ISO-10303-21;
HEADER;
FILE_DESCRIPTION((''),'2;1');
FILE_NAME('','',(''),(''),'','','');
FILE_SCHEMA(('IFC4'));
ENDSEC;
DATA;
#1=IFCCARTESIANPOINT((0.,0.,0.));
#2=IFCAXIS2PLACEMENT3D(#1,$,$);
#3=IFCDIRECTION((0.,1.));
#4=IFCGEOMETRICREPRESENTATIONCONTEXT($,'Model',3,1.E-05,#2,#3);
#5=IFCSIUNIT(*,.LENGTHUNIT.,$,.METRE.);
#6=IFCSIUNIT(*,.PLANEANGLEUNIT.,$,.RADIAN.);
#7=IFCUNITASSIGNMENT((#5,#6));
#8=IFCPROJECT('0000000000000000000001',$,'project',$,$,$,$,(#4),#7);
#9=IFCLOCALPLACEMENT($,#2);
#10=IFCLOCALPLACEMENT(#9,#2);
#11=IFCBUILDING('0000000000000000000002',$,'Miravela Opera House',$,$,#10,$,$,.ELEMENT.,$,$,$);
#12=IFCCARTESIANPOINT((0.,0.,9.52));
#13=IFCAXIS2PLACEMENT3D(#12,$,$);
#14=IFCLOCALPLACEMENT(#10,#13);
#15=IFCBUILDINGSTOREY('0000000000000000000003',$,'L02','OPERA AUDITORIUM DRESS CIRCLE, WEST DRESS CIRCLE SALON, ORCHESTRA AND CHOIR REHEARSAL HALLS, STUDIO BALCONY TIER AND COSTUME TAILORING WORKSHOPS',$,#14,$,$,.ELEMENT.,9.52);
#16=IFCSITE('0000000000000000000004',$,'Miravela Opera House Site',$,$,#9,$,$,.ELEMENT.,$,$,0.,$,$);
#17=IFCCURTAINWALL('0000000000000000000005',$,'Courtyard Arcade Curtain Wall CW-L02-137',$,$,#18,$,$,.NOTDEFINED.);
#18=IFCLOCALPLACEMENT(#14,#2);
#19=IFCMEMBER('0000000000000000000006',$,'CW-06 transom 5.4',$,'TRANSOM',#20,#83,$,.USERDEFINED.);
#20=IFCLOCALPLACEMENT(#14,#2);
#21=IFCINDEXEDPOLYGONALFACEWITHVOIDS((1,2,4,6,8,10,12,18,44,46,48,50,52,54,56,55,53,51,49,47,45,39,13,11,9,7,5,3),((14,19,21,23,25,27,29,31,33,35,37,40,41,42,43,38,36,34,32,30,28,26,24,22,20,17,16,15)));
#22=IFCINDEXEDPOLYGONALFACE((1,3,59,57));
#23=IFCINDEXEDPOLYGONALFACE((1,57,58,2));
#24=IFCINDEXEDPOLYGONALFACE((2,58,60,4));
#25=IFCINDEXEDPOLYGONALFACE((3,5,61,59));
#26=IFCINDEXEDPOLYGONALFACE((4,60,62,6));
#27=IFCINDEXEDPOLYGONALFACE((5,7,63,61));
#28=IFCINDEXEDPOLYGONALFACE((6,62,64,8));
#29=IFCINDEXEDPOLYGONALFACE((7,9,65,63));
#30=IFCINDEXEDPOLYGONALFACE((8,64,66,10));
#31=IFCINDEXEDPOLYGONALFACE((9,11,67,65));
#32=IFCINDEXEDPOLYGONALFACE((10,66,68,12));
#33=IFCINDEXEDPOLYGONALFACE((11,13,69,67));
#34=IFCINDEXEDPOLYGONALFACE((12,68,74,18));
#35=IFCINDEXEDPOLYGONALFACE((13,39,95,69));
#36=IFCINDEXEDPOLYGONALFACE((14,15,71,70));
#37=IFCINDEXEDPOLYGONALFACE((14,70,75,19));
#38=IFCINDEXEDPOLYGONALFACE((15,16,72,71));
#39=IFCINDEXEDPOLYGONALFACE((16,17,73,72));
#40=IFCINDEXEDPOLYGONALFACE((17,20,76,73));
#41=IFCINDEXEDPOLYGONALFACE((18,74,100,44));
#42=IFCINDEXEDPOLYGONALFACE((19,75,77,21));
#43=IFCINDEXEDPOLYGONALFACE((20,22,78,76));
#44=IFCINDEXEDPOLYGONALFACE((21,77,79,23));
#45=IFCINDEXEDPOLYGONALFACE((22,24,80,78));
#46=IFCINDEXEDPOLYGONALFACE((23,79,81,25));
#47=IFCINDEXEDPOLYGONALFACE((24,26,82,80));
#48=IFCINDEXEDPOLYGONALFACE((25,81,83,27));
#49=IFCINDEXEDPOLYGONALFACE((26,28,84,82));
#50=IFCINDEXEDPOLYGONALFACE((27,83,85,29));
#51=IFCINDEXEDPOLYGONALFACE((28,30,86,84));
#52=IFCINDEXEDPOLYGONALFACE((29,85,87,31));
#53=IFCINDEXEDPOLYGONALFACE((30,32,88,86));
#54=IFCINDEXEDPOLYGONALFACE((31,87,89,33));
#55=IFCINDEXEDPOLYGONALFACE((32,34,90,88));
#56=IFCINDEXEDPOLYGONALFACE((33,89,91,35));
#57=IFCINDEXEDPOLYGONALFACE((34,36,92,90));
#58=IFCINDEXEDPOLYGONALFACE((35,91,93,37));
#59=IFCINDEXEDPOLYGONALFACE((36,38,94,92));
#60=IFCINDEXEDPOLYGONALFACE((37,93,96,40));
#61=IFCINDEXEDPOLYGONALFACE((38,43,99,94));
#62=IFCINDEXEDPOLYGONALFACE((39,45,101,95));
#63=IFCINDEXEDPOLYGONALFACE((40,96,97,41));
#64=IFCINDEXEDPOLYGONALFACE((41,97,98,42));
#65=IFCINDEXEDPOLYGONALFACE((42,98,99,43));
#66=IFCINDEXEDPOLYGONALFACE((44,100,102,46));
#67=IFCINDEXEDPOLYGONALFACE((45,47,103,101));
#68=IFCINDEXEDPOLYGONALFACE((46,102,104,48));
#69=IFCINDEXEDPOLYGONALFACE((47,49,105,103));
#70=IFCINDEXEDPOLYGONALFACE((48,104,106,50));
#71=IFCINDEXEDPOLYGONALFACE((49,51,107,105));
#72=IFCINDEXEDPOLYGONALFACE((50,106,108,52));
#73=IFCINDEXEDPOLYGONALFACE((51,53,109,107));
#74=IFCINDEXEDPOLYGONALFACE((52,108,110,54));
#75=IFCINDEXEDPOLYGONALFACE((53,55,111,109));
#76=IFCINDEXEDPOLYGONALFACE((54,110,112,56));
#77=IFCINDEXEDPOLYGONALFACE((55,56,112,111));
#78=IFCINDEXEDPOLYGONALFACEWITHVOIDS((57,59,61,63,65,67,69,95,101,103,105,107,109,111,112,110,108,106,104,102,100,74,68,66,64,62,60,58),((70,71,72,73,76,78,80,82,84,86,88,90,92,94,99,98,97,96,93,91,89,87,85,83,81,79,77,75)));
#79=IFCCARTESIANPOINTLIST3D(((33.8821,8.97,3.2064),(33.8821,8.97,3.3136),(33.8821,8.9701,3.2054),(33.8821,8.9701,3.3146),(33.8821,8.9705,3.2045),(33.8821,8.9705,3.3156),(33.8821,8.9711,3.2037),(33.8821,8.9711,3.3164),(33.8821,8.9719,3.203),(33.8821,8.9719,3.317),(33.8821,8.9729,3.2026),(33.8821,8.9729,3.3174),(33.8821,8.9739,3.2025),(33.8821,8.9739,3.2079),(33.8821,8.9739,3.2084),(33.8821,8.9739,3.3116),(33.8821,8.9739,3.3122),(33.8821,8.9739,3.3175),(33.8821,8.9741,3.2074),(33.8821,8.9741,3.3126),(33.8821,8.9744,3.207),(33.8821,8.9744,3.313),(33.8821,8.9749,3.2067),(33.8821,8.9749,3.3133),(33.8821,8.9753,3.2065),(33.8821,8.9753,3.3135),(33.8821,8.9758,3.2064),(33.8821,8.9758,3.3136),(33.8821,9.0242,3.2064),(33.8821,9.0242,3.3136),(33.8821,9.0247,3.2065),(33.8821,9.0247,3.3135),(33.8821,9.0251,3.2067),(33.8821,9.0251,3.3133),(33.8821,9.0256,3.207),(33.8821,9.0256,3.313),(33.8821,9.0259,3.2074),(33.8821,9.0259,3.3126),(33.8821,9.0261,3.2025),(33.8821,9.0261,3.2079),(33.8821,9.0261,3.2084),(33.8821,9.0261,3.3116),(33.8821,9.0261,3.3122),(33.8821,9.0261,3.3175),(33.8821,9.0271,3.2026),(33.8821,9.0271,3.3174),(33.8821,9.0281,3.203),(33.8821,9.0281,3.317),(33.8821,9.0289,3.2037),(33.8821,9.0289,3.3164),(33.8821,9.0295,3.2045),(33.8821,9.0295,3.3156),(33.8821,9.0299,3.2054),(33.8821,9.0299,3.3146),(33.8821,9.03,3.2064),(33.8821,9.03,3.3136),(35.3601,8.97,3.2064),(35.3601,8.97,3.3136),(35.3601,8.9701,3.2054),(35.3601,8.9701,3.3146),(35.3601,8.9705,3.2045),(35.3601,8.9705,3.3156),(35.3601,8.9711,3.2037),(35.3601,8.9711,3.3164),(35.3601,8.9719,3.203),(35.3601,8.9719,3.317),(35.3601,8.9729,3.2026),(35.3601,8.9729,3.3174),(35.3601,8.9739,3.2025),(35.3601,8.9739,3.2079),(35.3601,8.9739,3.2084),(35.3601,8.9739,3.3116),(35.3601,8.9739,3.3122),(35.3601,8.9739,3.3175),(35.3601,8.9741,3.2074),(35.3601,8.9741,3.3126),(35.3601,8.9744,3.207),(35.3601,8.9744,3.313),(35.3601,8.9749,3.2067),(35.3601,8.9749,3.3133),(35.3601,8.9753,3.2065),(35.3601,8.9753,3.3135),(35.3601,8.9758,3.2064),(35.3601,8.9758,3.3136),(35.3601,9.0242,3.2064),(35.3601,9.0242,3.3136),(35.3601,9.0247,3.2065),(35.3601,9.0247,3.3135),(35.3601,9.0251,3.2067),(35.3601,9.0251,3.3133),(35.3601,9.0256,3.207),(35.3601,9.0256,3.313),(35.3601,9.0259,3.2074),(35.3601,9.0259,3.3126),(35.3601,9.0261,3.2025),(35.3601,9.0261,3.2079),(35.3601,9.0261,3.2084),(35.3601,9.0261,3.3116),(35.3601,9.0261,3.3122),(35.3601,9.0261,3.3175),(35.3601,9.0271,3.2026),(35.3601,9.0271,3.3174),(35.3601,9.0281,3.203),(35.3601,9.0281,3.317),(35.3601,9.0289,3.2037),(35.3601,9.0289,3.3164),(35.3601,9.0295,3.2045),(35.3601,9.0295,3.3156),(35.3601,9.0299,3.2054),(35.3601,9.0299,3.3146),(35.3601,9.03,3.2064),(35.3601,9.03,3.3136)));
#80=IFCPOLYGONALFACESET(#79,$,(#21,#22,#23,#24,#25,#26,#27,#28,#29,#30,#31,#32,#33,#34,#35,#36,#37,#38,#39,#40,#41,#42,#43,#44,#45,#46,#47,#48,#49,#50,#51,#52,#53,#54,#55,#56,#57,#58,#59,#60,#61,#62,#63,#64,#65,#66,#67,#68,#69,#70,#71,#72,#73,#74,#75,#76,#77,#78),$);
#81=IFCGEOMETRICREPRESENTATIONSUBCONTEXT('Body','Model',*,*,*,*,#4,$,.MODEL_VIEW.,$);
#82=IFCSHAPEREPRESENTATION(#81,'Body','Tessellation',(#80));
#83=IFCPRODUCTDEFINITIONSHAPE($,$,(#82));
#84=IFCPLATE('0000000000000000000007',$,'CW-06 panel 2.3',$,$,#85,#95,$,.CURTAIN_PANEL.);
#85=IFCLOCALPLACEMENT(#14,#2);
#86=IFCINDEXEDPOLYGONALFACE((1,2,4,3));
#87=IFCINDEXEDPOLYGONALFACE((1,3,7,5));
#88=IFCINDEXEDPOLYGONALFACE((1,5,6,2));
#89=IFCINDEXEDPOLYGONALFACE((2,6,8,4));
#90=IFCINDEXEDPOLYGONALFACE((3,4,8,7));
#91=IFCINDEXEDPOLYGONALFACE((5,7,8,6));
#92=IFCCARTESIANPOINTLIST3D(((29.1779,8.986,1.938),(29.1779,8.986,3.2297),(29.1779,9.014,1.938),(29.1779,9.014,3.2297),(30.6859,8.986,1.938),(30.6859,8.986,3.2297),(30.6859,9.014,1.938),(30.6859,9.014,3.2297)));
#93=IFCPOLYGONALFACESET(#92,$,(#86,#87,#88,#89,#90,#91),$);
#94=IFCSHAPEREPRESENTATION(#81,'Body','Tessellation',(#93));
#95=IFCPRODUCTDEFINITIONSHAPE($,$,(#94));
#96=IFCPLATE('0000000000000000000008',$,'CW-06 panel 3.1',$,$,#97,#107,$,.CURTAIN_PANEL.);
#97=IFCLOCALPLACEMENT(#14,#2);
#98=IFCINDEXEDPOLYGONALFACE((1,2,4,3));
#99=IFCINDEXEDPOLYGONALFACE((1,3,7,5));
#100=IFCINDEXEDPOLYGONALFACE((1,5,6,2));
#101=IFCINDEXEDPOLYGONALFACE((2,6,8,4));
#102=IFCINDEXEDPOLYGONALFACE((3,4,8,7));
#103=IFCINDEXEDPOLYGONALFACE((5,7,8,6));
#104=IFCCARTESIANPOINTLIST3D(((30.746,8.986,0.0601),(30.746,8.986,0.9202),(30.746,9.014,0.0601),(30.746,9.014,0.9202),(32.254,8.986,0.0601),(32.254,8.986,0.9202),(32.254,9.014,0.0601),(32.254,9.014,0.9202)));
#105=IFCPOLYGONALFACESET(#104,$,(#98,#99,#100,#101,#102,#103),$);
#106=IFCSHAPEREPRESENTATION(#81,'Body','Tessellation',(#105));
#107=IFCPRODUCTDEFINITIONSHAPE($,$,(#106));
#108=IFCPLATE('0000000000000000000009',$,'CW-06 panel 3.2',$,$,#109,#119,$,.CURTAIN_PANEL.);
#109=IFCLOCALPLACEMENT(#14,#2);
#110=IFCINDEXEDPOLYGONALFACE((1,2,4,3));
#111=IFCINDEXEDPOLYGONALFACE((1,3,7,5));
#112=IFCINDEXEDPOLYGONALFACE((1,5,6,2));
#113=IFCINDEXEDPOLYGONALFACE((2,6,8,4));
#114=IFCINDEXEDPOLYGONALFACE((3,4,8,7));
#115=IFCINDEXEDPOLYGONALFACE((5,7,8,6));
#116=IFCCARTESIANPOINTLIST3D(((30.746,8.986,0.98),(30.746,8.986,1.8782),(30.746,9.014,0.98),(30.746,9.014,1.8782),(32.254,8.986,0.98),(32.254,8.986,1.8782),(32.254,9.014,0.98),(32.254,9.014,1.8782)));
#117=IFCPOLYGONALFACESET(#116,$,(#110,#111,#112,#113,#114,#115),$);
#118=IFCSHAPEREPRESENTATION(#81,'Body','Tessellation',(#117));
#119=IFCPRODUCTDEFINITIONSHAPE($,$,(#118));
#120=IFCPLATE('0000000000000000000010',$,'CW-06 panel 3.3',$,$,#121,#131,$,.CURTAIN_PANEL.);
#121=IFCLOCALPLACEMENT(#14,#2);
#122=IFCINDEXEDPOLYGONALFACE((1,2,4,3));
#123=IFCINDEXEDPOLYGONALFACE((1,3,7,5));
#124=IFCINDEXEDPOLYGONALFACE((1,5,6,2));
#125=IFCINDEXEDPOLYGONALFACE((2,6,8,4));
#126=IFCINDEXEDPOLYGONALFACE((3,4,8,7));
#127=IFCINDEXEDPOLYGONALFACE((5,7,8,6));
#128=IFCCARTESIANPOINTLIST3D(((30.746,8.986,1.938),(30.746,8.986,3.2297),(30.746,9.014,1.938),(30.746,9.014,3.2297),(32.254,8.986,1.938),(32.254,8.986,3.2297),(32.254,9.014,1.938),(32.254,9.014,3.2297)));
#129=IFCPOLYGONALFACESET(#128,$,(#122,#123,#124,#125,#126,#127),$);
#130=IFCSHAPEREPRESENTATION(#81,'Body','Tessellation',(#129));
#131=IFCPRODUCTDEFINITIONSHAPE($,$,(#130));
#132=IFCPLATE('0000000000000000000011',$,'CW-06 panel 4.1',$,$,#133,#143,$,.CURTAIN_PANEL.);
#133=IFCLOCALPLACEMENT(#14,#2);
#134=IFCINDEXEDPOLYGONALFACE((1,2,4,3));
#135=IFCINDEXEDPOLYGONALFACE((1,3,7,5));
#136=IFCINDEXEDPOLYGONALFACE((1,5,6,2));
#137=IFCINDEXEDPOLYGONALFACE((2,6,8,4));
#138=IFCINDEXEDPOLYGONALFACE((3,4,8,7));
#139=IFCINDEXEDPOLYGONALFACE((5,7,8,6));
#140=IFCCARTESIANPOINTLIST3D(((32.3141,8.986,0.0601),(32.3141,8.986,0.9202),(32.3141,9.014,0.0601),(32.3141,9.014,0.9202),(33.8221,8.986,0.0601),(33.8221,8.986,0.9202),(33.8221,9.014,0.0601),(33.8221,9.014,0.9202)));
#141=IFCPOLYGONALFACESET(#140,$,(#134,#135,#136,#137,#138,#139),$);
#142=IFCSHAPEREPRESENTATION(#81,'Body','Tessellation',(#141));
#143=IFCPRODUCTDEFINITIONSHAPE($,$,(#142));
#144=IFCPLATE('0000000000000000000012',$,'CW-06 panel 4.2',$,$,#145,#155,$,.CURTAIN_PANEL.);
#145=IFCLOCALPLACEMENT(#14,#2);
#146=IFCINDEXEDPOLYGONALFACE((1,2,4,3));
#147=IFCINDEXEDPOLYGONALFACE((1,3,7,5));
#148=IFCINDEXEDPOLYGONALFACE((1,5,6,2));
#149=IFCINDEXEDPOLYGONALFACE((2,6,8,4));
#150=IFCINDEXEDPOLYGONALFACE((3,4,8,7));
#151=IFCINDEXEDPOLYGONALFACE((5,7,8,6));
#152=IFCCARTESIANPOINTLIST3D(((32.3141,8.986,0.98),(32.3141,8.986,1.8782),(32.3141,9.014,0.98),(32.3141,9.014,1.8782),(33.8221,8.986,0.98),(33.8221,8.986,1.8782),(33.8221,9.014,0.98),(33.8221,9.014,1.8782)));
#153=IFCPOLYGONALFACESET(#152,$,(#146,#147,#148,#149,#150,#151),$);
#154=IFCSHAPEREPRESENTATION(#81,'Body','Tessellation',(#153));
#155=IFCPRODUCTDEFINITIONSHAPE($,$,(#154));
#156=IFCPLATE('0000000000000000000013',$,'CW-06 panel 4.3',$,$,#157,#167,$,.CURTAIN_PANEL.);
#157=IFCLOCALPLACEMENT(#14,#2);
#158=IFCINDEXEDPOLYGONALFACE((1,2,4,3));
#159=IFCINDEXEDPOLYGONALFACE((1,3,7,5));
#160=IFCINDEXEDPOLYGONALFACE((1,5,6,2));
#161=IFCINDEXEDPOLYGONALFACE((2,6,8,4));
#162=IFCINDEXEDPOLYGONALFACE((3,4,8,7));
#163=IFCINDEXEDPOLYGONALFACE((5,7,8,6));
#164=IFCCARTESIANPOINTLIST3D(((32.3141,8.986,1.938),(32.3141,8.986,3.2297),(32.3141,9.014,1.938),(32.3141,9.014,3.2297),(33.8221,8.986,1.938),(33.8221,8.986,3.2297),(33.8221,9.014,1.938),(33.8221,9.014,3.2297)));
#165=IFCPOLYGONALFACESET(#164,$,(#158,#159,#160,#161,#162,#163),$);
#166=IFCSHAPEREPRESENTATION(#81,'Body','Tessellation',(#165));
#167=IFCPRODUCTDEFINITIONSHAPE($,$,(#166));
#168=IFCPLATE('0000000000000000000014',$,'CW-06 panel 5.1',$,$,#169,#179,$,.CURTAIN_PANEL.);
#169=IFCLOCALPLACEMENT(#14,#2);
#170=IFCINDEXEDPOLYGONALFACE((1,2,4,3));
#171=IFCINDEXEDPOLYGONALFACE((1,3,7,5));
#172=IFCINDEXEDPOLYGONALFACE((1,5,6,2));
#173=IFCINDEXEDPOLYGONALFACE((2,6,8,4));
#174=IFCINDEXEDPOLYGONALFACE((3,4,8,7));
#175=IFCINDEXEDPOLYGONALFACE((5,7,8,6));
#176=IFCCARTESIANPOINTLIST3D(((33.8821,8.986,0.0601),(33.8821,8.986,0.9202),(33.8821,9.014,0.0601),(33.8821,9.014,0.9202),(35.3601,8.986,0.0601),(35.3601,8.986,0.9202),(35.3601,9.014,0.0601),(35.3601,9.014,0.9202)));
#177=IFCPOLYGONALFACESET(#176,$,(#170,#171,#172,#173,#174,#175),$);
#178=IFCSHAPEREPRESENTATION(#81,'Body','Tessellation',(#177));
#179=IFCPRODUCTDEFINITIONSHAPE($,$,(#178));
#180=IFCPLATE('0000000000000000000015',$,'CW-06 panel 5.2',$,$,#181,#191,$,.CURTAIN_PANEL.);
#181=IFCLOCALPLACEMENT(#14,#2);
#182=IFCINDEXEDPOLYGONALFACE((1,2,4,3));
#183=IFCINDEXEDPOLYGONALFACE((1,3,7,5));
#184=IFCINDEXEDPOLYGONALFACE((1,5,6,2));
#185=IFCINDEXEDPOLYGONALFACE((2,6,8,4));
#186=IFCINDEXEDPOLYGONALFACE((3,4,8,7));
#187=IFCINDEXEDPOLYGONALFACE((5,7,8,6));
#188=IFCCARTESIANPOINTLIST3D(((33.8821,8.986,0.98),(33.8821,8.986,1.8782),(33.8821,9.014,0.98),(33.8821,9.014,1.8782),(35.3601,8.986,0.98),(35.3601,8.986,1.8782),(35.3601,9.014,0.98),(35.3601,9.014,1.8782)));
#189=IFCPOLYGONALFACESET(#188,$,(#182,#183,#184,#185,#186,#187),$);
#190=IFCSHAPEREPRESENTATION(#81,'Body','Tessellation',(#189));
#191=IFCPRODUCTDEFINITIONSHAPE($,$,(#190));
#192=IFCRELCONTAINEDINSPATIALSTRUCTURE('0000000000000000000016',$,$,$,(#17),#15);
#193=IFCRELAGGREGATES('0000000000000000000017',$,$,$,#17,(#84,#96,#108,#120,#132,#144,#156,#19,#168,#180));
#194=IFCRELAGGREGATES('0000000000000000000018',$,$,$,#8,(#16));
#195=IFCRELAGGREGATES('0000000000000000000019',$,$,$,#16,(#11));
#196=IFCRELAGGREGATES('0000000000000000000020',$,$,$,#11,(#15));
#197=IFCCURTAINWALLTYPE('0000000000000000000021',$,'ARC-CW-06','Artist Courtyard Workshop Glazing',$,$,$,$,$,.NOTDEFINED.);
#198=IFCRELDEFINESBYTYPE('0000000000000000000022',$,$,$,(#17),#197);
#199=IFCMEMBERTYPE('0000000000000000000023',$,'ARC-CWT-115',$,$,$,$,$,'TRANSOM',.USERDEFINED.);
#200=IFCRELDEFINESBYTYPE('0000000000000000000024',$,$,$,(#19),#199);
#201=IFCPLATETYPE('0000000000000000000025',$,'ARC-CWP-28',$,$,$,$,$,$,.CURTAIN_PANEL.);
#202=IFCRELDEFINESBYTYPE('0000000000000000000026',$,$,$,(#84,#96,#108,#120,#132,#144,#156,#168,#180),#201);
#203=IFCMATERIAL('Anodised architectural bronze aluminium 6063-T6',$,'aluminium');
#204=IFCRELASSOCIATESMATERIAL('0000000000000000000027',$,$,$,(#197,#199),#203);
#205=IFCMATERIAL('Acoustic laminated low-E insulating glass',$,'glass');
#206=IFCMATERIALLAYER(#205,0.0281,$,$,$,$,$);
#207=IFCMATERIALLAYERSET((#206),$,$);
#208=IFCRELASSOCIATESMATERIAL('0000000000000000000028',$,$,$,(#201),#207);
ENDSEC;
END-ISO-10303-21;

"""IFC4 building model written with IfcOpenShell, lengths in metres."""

from ifc_helpers import new_model, si_unit, direction, frame, origin, origin_2d, place, context, subcontext, project, spatial, rectangle, hollow_rectangle, extrude, material, layer, layer_set, material_profile, profile_set, type_object, element, aggregate, save


model = new_model("IFC4")

# Units and contexts
model_context = context("Model", 3, precision=1e-05, world=origin(), true_north=direction((0.0, 1.0)))
body_context = subcontext(model_context, "Body", "Model", "MODEL_VIEW")
ifc_project = project(units=[si_unit("LENGTHUNIT", "METRE"), si_unit("PLANEANGLEUNIT", "RADIAN")], contexts=[model_context])

# Site, building, storey
site_placement = place(None, origin())
site = spatial("IfcSite", under=ifc_project, at=site_placement, Name="Miravela Opera House Site", CompositionType="ELEMENT", RefElevation=0.0)
building_placement = place(site_placement, origin())
building = spatial("IfcBuilding", under=site, at=building_placement, Name="Miravela Opera House", CompositionType="ELEMENT")
storey_placement = place(building_placement, frame((0.0, 0.0, 9.52)))
storey = spatial("IfcBuildingStorey", under=building, at=storey_placement, Name="L02", Description="OPERA AUDITORIUM DRESS CIRCLE, WEST DRESS CIRCLE SALON, ORCHESTRA AND CHOIR REHEARSAL HALLS, STUDIO BALCONY TIER AND COSTUME TAILORING WORKSHOPS", CompositionType="ELEMENT", Elevation=9.52)

# Curtain wall, member, plates
ifc_material_1 = material(Name="Anodised architectural bronze aluminium 6063-T6", Category="aluminium")
curtain_wall_type = type_object("IfcCurtainWallType", Name="ARC-CW-06", Description="Artist Courtyard Workshop Glazing", PredefinedType="NOTDEFINED", material=ifc_material_1)
curtain_wall_placement = place(storey_placement, origin())
curtain_wall = element("IfcCurtainWall", 1, at=curtain_wall_placement, inside=storey, type_object=curtain_wall_type, Name="Courtyard Arcade Curtain Wall CW-L02-137", PredefinedType="NOTDEFINED")
ifc_material_profile_1 = material_profile(ifc_material_1, hollow_rectangle(XDim=0.0601, YDim=0.115, WallThickness=0.0039, InnerFilletRadius=0.002, OuterFilletRadius=0.0039, at=origin_2d()), Name="CWT-60X115")
ifc_profile_set_1 = profile_set([ifc_material_profile_1])
member_type_1 = type_object("IfcMemberType", Name="ARC-CWT-115", ElementType="TRANSOM", PredefinedType="USERDEFINED", material=ifc_profile_set_1)
member_1_placement = place(storey_placement, frame((33.8821, 9.0, 3.26), z_axis=(1.0, 0.0, 0.0), x_axis=(0.0, 1.0, 0.0)))
member_1 = element("IfcMember", 2, at=member_1_placement, type_object=member_type_1, Name="CW-06 transom 5.4", ObjectType="TRANSOM", PredefinedType="USERDEFINED", context=body_context, shape_type="SweptSolid", body=[
    extrude(hollow_rectangle(XDim=0.0601, YDim=0.115, WallThickness=0.0039, InnerFilletRadius=0.002, OuterFilletRadius=0.0039, at=origin_2d()), origin(), (0.0, 0.0, 1.0), 1.478),
])
ifc_material_2 = material(Name="Acoustic laminated low-E insulating glass", Category="glass")
ifc_layer = layer(ifc_material_2, 0.0281)
ifc_layer_set = layer_set([ifc_layer])
plate_type = type_object("IfcPlateType", Name="ARC-CWP-28", PredefinedType="CURTAIN_PANEL", material=ifc_layer_set)
plate_1_placement = place(storey_placement, frame((29.9319, 9.0, 1.938), z_axis=(0.0, 0.0, 1.0), x_axis=(1.0, 0.0, 0.0)))
plate_1 = element("IfcPlate", 3, at=plate_1_placement, type_object=plate_type, Name="CW-06 panel 2.3", PredefinedType="CURTAIN_PANEL", context=body_context, shape_type="SweptSolid", body=[
    extrude(rectangle(XDim=1.5081, YDim=0.0281, at=origin_2d()), origin(), (0.0, 0.0, 1.0), 1.2917),
])
plate_2_placement = place(storey_placement, frame((31.5, 9.0, 0.0601), z_axis=(0.0, 0.0, 1.0), x_axis=(1.0, 0.0, 0.0)))
plate_2 = element("IfcPlate", 4, at=plate_2_placement, type_object=plate_type, Name="CW-06 panel 3.1", PredefinedType="CURTAIN_PANEL", context=body_context, shape_type="SweptSolid", body=[
    extrude(rectangle(XDim=1.5081, YDim=0.0281, at=origin_2d()), origin(), (0.0, 0.0, 1.0), 0.8601),
])
plate_3_placement = place(storey_placement, frame((31.5, 9.0, 0.98), z_axis=(0.0, 0.0, 1.0), x_axis=(1.0, 0.0, 0.0)))
plate_3 = element("IfcPlate", 5, at=plate_3_placement, type_object=plate_type, Name="CW-06 panel 3.2", PredefinedType="CURTAIN_PANEL", context=body_context, shape_type="SweptSolid", body=[
    extrude(rectangle(XDim=1.5081, YDim=0.0281, at=origin_2d()), origin(), (0.0, 0.0, 1.0), 0.8982),
])
plate_4_placement = place(storey_placement, frame((31.5, 9.0, 1.938), z_axis=(0.0, 0.0, 1.0), x_axis=(1.0, 0.0, 0.0)))
plate_4 = element("IfcPlate", 6, at=plate_4_placement, type_object=plate_type, Name="CW-06 panel 3.3", PredefinedType="CURTAIN_PANEL", context=body_context, shape_type="SweptSolid", body=[
    extrude(rectangle(XDim=1.5081, YDim=0.0281, at=origin_2d()), origin(), (0.0, 0.0, 1.0), 1.2917),
])
plate_5_placement = place(storey_placement, frame((33.0681, 9.0, 0.0601), z_axis=(0.0, 0.0, 1.0), x_axis=(1.0, 0.0, 0.0)))
plate_5 = element("IfcPlate", 7, at=plate_5_placement, type_object=plate_type, Name="CW-06 panel 4.1", PredefinedType="CURTAIN_PANEL", context=body_context, shape_type="SweptSolid", body=[
    extrude(rectangle(XDim=1.5081, YDim=0.0281, at=origin_2d()), origin(), (0.0, 0.0, 1.0), 0.8601),
])
plate_6_placement = place(storey_placement, frame((33.0681, 9.0, 0.98), z_axis=(0.0, 0.0, 1.0), x_axis=(1.0, 0.0, 0.0)))
plate_6 = element("IfcPlate", 8, at=plate_6_placement, type_object=plate_type, Name="CW-06 panel 4.2", PredefinedType="CURTAIN_PANEL", context=body_context, shape_type="SweptSolid", body=[
    extrude(rectangle(XDim=1.5081, YDim=0.0281, at=origin_2d()), origin(), (0.0, 0.0, 1.0), 0.8982),
])
plate_7_placement = place(storey_placement, frame((33.0681, 9.0, 1.938), z_axis=(0.0, 0.0, 1.0), x_axis=(1.0, 0.0, 0.0)))
plate_7 = element("IfcPlate", 9, at=plate_7_placement, type_object=plate_type, Name="CW-06 panel 4.3", PredefinedType="CURTAIN_PANEL", context=body_context, shape_type="SweptSolid", body=[
    extrude(rectangle(XDim=1.5081, YDim=0.0281, at=origin_2d()), origin(), (0.0, 0.0, 1.0), 1.2917),
])
plate_8_placement = place(storey_placement, frame((34.6211, 9.0, 0.0601), z_axis=(0.0, 0.0, 1.0), x_axis=(1.0, 0.0, 0.0)))
plate_8 = element("IfcPlate", 10, at=plate_8_placement, type_object=plate_type, Name="CW-06 panel 5.1", PredefinedType="CURTAIN_PANEL", context=body_context, shape_type="SweptSolid", body=[
    extrude(rectangle(XDim=1.478, YDim=0.0281, at=origin_2d()), origin(), (0.0, 0.0, 1.0), 0.8601),
])
plate_9_placement = place(storey_placement, frame((34.6211, 9.0, 0.98), z_axis=(0.0, 0.0, 1.0), x_axis=(1.0, 0.0, 0.0)))
plate_9 = element("IfcPlate", 11, at=plate_9_placement, type_object=plate_type, Name="CW-06 panel 5.2", PredefinedType="CURTAIN_PANEL", context=body_context, shape_type="SweptSolid", body=[
    extrude(rectangle(XDim=1.478, YDim=0.0281, at=origin_2d()), origin(), (0.0, 0.0, 1.0), 0.8982),
])
aggregate(curtain_wall, [plate_1, plate_2, plate_3, plate_4, plate_5, plate_6, plate_7, member_1, plate_8, plate_9])

save(model, "model.ifc")
